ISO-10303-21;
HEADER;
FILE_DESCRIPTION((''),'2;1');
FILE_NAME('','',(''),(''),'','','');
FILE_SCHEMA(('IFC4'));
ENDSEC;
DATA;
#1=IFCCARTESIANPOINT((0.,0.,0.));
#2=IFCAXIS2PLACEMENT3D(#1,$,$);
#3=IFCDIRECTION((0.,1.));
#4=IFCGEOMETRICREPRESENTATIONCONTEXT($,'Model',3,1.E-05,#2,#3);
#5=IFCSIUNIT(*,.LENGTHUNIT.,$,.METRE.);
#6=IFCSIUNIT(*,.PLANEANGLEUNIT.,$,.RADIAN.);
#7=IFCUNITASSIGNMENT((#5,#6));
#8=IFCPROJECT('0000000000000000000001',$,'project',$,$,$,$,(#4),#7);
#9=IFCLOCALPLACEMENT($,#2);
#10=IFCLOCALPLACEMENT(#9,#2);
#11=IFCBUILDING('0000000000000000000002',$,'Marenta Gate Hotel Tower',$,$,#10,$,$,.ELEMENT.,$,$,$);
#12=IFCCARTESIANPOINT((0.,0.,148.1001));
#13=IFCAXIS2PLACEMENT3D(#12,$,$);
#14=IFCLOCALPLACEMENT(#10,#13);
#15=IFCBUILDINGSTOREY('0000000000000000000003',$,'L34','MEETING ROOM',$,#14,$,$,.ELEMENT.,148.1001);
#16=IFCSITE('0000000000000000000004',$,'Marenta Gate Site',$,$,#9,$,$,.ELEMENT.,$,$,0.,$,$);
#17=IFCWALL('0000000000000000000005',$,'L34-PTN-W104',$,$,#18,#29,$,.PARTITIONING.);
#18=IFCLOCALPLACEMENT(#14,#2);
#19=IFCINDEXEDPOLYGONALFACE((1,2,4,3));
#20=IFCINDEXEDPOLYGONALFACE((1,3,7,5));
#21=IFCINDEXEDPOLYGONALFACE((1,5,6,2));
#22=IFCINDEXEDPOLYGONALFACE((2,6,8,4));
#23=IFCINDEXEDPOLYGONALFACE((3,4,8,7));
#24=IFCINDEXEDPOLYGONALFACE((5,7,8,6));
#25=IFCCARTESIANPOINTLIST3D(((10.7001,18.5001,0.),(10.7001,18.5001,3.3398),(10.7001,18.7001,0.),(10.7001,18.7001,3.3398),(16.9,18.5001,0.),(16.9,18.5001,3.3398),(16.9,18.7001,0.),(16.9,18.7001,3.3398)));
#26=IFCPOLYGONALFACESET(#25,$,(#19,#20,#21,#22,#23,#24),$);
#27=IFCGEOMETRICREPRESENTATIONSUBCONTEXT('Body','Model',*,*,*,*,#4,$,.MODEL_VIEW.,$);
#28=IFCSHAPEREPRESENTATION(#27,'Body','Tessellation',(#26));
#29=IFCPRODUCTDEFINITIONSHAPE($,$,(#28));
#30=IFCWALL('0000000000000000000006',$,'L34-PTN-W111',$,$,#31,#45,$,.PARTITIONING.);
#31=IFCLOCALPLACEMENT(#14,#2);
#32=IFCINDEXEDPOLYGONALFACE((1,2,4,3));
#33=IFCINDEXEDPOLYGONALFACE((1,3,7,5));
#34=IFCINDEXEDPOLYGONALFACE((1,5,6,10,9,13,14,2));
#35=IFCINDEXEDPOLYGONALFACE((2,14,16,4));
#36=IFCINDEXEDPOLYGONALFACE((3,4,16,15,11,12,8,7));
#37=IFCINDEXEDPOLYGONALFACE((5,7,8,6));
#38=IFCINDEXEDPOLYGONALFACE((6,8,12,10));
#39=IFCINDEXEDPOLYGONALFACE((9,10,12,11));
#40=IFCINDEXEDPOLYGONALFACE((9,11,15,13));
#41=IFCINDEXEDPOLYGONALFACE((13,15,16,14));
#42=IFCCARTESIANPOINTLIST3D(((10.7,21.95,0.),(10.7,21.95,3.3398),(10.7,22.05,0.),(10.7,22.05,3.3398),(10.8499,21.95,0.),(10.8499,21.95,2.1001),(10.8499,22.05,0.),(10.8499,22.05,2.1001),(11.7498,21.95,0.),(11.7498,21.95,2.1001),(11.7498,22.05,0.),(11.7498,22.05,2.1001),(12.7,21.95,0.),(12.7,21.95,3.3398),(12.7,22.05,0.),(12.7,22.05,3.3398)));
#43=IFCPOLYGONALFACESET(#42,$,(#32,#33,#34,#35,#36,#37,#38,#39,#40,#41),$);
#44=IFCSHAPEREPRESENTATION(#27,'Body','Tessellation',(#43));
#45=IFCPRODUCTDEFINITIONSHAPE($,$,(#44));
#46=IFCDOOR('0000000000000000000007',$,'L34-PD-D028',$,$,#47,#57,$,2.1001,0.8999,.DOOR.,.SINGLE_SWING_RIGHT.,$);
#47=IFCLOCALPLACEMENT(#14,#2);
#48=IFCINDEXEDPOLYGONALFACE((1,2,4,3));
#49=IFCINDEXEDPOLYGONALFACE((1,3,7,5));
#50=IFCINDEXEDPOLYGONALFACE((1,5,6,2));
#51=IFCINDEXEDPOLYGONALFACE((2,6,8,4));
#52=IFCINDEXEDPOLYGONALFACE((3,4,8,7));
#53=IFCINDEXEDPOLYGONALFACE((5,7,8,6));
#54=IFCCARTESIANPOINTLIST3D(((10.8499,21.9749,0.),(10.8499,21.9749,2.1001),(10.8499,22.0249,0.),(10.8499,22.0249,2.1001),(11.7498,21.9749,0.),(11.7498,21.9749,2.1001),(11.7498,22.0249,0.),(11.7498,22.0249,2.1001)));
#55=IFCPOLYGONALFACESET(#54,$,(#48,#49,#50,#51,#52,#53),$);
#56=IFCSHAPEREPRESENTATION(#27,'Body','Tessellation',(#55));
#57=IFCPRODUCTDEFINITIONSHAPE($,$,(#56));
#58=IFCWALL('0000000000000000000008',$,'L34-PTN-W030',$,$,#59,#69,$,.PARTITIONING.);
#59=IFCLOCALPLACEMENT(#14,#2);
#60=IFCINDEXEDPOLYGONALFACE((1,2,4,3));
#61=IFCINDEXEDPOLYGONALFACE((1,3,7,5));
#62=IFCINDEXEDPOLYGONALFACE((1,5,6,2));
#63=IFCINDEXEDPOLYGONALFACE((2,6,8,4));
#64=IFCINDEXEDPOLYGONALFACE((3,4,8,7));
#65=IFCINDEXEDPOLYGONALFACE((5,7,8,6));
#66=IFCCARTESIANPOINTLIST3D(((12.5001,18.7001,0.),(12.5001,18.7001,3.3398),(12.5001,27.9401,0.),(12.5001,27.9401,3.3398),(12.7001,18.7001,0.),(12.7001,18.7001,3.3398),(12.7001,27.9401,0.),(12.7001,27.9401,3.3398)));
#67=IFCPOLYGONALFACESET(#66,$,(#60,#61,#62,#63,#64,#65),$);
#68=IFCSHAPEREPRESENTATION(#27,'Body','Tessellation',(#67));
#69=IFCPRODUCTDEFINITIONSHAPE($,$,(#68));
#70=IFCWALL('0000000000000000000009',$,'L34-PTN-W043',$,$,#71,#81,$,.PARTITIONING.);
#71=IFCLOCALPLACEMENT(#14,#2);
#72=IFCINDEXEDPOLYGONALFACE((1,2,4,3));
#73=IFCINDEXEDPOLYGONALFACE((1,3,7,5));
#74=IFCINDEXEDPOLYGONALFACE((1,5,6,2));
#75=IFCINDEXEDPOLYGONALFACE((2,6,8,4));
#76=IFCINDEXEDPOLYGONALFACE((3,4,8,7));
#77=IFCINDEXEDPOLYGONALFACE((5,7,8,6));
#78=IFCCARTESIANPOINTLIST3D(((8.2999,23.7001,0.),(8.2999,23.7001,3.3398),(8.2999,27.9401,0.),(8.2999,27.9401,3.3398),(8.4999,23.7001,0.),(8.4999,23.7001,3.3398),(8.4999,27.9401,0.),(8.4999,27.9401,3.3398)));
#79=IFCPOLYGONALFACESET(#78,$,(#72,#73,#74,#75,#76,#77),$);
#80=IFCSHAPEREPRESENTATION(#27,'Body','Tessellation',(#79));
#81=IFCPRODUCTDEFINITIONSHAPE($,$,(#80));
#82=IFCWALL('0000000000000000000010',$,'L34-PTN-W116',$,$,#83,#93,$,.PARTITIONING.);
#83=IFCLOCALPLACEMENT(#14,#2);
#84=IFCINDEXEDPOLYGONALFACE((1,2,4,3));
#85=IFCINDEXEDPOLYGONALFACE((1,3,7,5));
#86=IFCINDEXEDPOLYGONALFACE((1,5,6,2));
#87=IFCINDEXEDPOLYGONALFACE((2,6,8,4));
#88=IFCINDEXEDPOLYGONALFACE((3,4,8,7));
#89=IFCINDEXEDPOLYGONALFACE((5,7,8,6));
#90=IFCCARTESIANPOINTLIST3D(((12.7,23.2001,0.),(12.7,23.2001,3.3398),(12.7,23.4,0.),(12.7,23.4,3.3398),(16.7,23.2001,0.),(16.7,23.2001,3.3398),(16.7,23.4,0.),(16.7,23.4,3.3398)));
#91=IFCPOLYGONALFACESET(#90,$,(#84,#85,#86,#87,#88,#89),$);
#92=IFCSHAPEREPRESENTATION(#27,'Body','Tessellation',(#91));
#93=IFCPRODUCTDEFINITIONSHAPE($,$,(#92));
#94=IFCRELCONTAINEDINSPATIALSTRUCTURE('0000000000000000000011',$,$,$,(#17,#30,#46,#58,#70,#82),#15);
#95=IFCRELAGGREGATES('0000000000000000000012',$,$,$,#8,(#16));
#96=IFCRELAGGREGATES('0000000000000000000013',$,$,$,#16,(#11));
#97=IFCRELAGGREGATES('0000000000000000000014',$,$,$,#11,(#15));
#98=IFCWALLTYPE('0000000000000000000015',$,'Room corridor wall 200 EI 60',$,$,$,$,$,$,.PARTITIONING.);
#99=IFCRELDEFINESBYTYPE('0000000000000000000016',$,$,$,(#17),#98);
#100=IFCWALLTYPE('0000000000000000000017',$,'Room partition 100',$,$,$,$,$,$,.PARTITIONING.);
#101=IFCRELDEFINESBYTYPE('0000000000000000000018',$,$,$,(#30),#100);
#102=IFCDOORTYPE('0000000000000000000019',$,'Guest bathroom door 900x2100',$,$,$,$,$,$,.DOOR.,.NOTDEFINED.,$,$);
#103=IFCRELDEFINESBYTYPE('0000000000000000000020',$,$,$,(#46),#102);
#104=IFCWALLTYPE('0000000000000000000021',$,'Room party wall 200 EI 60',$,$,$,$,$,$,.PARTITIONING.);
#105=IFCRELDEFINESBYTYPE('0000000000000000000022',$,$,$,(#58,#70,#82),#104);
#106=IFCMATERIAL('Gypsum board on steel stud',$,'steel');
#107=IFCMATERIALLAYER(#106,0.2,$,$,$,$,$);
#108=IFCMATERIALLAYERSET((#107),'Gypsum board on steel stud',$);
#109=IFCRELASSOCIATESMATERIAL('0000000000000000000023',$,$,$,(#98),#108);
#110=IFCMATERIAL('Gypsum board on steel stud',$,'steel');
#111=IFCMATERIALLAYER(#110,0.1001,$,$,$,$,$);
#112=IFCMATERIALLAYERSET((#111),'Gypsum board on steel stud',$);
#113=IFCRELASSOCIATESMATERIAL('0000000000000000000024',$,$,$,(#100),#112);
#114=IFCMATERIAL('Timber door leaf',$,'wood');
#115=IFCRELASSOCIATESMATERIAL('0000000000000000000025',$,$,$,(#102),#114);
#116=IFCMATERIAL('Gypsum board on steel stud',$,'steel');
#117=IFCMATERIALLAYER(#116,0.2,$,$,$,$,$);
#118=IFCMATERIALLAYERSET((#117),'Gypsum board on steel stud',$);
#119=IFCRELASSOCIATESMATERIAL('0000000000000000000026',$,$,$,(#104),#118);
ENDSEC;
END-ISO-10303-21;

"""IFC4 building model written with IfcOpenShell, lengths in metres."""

from ifc_helpers import new_model, si_unit, direction, frame, frame_2d, origin, place, context, subcontext, project, spatial, rectangle, extrude, material, layer, layer_set, type_object, element, fill, save


model = new_model("IFC4")

# Units and contexts
model_context = context("Model", 3, precision=1e-05, world=origin(), true_north=direction((0.0, 1.0)))
body_context = subcontext(model_context, "Body", "Model", "MODEL_VIEW")
ifc_project = project(units=[si_unit("LENGTHUNIT", "METRE"), si_unit("PLANEANGLEUNIT", "RADIAN")], contexts=[model_context])

# Site, building, storey
site_placement = place(None, origin())
site = spatial("IfcSite", under=ifc_project, at=site_placement, Name="Marenta Gate Site", CompositionType="ELEMENT", RefElevation=0.0)
building_placement = place(site_placement, origin())
building = spatial("IfcBuilding", under=site, at=building_placement, Name="Marenta Gate Hotel Tower", CompositionType="ELEMENT")
storey_placement = place(building_placement, frame((0.0, 0.0, 148.1001)))
storey = spatial("IfcBuildingStorey", under=building, at=storey_placement, Name="L34", Description="MEETING ROOM", CompositionType="ELEMENT", Elevation=148.1001)

# Shared definitions
ifc_material_1 = material(Name="Gypsum board on steel stud", Category="steel")
ifc_layer_1 = layer(ifc_material_1, 0.2)
ifc_layer_set_1 = layer_set([ifc_layer_1], Name="Gypsum board on steel stud")
wall_type_1 = type_object("IfcWallType", Name="Room corridor wall 200 EI 60", PredefinedType="PARTITIONING", material=ifc_layer_set_1)

# Wall
wall_1_placement = place(storey_placement, frame((10.7, 18.6001, 0.0), z_axis=(0.0, 0.0, 1.0), x_axis=(1.0, 0.0, 0.0)))
element("IfcWall", 1, at=wall_1_placement, inside=storey, type_object=wall_type_1, Name="L34-PTN-W104", PredefinedType="PARTITIONING", context=body_context, shape_type="SweptSolid", body=[
    extrude(rectangle(XDim=6.2, YDim=0.2, at=frame_2d((3.1001, 0.0))), origin(), (0.0, 0.0, 1.0), 3.3398),
])

# Wall, opening, door
ifc_material_2 = material(Name="Gypsum board on steel stud", Category="steel")
ifc_layer_2 = layer(ifc_material_2, 0.1001)
ifc_layer_set_2 = layer_set([ifc_layer_2], Name="Gypsum board on steel stud")
wall_type_2 = type_object("IfcWallType", Name="Room partition 100", PredefinedType="PARTITIONING", material=ifc_layer_set_2)
wall_2_placement = place(storey_placement, frame((10.7, 22.0, 0.0), z_axis=(0.0, 0.0, 1.0), x_axis=(1.0, 0.0, 0.0)))
wall_2 = element("IfcWall", 2, at=wall_2_placement, inside=storey, type_object=wall_type_2, Name="L34-PTN-W111", PredefinedType="PARTITIONING", context=body_context, shape_type="SweptSolid", body=[
    extrude(rectangle(XDim=2.0, YDim=0.1001, at=frame_2d((1.0, 0.0))), origin(), (0.0, 0.0, 1.0), 3.3398),
])
opening_1_placement = place(wall_2_placement, frame((0.1499, 0.0, 0.0)))
opening_1 = element("IfcOpeningElement", 3, at=opening_1_placement, cuts=wall_2, PredefinedType="OPENING", context=body_context, shape_type="SweptSolid", body=[
    extrude(rectangle(XDim=0.8999, YDim=2.1001, at=frame_2d((0.45, 1.05))), frame((0.0, 0.05, 0.0), z_axis=(0.0, -1.0, 0.0), x_axis=(1.0, 0.0, 0.0)), (0.0, 0.0, 1.0), 0.1001),
])
ifc_material_3 = material(Name="Timber door leaf", Category="wood")
door_type_1 = type_object("IfcDoorType", Name="Guest bathroom door 900x2100", OperationType="NOTDEFINED", PredefinedType="DOOR", material=ifc_material_3)
door_1_placement = place(opening_1_placement, origin())
door_1 = element("IfcDoor", 4, at=door_1_placement, inside=storey, type_object=door_type_1, Name="L34-PD-D028", OperationType="SINGLE_SWING_RIGHT", OverallHeight=2.1001, OverallWidth=0.8999, PredefinedType="DOOR", context=body_context, shape_type="SweptSolid", body=[
    extrude(rectangle(XDim=0.8999, YDim=2.1001, at=frame_2d((0.45, 1.05))), frame((0.0, 0.0249, 0.0), z_axis=(0.0, -1.0, 0.0), x_axis=(1.0, 0.0, 0.0)), (0.0, 0.0, 1.0), 0.05),
])
fill(opening_1, door_1)

# Walls
ifc_material_4 = material(Name="Gypsum board on steel stud", Category="steel")
ifc_layer_3 = layer(ifc_material_4, 0.2)
ifc_layer_set_3 = layer_set([ifc_layer_3], Name="Gypsum board on steel stud")
wall_type_3 = type_object("IfcWallType", Name="Room party wall 200 EI 60", PredefinedType="PARTITIONING", material=ifc_layer_set_3)
wall_3_placement = place(storey_placement, frame((12.6001, 18.7, 0.0), z_axis=(0.0, 0.0, 1.0), x_axis=(0.0, 1.0, 0.0)))
element("IfcWall", 5, at=wall_3_placement, inside=storey, type_object=wall_type_3, Name="L34-PTN-W030", PredefinedType="PARTITIONING", context=body_context, shape_type="SweptSolid", body=[
    extrude(rectangle(XDim=9.24, YDim=0.2, at=frame_2d((4.6201, 0.0))), origin(), (0.0, 0.0, 1.0), 3.3398),
])
wall_4_placement = place(storey_placement, frame((8.3999, 23.7, 0.0), z_axis=(0.0, 0.0, 1.0), x_axis=(0.0, 1.0, 0.0)))
element("IfcWall", 6, at=wall_4_placement, inside=storey, type_object=wall_type_3, Name="L34-PTN-W043", PredefinedType="PARTITIONING", context=body_context, shape_type="SweptSolid", body=[
    extrude(rectangle(XDim=4.24, YDim=0.2, at=frame_2d((2.1201, 0.0))), origin(), (0.0, 0.0, 1.0), 3.3398),
])
wall_5_placement = place(storey_placement, frame((12.7, 23.3, 0.0), z_axis=(0.0, 0.0, 1.0), x_axis=(1.0, 0.0, 0.0)))
element("IfcWall", 7, at=wall_5_placement, inside=storey, type_object=wall_type_3, Name="L34-PTN-W116", PredefinedType="PARTITIONING", context=body_context, shape_type="SweptSolid", body=[
    extrude(rectangle(XDim=4.0, YDim=0.2, at=frame_2d((2.0, 0.0))), origin(), (0.0, 0.0, 1.0), 3.3398),
])

save(model, "model.ifc")
